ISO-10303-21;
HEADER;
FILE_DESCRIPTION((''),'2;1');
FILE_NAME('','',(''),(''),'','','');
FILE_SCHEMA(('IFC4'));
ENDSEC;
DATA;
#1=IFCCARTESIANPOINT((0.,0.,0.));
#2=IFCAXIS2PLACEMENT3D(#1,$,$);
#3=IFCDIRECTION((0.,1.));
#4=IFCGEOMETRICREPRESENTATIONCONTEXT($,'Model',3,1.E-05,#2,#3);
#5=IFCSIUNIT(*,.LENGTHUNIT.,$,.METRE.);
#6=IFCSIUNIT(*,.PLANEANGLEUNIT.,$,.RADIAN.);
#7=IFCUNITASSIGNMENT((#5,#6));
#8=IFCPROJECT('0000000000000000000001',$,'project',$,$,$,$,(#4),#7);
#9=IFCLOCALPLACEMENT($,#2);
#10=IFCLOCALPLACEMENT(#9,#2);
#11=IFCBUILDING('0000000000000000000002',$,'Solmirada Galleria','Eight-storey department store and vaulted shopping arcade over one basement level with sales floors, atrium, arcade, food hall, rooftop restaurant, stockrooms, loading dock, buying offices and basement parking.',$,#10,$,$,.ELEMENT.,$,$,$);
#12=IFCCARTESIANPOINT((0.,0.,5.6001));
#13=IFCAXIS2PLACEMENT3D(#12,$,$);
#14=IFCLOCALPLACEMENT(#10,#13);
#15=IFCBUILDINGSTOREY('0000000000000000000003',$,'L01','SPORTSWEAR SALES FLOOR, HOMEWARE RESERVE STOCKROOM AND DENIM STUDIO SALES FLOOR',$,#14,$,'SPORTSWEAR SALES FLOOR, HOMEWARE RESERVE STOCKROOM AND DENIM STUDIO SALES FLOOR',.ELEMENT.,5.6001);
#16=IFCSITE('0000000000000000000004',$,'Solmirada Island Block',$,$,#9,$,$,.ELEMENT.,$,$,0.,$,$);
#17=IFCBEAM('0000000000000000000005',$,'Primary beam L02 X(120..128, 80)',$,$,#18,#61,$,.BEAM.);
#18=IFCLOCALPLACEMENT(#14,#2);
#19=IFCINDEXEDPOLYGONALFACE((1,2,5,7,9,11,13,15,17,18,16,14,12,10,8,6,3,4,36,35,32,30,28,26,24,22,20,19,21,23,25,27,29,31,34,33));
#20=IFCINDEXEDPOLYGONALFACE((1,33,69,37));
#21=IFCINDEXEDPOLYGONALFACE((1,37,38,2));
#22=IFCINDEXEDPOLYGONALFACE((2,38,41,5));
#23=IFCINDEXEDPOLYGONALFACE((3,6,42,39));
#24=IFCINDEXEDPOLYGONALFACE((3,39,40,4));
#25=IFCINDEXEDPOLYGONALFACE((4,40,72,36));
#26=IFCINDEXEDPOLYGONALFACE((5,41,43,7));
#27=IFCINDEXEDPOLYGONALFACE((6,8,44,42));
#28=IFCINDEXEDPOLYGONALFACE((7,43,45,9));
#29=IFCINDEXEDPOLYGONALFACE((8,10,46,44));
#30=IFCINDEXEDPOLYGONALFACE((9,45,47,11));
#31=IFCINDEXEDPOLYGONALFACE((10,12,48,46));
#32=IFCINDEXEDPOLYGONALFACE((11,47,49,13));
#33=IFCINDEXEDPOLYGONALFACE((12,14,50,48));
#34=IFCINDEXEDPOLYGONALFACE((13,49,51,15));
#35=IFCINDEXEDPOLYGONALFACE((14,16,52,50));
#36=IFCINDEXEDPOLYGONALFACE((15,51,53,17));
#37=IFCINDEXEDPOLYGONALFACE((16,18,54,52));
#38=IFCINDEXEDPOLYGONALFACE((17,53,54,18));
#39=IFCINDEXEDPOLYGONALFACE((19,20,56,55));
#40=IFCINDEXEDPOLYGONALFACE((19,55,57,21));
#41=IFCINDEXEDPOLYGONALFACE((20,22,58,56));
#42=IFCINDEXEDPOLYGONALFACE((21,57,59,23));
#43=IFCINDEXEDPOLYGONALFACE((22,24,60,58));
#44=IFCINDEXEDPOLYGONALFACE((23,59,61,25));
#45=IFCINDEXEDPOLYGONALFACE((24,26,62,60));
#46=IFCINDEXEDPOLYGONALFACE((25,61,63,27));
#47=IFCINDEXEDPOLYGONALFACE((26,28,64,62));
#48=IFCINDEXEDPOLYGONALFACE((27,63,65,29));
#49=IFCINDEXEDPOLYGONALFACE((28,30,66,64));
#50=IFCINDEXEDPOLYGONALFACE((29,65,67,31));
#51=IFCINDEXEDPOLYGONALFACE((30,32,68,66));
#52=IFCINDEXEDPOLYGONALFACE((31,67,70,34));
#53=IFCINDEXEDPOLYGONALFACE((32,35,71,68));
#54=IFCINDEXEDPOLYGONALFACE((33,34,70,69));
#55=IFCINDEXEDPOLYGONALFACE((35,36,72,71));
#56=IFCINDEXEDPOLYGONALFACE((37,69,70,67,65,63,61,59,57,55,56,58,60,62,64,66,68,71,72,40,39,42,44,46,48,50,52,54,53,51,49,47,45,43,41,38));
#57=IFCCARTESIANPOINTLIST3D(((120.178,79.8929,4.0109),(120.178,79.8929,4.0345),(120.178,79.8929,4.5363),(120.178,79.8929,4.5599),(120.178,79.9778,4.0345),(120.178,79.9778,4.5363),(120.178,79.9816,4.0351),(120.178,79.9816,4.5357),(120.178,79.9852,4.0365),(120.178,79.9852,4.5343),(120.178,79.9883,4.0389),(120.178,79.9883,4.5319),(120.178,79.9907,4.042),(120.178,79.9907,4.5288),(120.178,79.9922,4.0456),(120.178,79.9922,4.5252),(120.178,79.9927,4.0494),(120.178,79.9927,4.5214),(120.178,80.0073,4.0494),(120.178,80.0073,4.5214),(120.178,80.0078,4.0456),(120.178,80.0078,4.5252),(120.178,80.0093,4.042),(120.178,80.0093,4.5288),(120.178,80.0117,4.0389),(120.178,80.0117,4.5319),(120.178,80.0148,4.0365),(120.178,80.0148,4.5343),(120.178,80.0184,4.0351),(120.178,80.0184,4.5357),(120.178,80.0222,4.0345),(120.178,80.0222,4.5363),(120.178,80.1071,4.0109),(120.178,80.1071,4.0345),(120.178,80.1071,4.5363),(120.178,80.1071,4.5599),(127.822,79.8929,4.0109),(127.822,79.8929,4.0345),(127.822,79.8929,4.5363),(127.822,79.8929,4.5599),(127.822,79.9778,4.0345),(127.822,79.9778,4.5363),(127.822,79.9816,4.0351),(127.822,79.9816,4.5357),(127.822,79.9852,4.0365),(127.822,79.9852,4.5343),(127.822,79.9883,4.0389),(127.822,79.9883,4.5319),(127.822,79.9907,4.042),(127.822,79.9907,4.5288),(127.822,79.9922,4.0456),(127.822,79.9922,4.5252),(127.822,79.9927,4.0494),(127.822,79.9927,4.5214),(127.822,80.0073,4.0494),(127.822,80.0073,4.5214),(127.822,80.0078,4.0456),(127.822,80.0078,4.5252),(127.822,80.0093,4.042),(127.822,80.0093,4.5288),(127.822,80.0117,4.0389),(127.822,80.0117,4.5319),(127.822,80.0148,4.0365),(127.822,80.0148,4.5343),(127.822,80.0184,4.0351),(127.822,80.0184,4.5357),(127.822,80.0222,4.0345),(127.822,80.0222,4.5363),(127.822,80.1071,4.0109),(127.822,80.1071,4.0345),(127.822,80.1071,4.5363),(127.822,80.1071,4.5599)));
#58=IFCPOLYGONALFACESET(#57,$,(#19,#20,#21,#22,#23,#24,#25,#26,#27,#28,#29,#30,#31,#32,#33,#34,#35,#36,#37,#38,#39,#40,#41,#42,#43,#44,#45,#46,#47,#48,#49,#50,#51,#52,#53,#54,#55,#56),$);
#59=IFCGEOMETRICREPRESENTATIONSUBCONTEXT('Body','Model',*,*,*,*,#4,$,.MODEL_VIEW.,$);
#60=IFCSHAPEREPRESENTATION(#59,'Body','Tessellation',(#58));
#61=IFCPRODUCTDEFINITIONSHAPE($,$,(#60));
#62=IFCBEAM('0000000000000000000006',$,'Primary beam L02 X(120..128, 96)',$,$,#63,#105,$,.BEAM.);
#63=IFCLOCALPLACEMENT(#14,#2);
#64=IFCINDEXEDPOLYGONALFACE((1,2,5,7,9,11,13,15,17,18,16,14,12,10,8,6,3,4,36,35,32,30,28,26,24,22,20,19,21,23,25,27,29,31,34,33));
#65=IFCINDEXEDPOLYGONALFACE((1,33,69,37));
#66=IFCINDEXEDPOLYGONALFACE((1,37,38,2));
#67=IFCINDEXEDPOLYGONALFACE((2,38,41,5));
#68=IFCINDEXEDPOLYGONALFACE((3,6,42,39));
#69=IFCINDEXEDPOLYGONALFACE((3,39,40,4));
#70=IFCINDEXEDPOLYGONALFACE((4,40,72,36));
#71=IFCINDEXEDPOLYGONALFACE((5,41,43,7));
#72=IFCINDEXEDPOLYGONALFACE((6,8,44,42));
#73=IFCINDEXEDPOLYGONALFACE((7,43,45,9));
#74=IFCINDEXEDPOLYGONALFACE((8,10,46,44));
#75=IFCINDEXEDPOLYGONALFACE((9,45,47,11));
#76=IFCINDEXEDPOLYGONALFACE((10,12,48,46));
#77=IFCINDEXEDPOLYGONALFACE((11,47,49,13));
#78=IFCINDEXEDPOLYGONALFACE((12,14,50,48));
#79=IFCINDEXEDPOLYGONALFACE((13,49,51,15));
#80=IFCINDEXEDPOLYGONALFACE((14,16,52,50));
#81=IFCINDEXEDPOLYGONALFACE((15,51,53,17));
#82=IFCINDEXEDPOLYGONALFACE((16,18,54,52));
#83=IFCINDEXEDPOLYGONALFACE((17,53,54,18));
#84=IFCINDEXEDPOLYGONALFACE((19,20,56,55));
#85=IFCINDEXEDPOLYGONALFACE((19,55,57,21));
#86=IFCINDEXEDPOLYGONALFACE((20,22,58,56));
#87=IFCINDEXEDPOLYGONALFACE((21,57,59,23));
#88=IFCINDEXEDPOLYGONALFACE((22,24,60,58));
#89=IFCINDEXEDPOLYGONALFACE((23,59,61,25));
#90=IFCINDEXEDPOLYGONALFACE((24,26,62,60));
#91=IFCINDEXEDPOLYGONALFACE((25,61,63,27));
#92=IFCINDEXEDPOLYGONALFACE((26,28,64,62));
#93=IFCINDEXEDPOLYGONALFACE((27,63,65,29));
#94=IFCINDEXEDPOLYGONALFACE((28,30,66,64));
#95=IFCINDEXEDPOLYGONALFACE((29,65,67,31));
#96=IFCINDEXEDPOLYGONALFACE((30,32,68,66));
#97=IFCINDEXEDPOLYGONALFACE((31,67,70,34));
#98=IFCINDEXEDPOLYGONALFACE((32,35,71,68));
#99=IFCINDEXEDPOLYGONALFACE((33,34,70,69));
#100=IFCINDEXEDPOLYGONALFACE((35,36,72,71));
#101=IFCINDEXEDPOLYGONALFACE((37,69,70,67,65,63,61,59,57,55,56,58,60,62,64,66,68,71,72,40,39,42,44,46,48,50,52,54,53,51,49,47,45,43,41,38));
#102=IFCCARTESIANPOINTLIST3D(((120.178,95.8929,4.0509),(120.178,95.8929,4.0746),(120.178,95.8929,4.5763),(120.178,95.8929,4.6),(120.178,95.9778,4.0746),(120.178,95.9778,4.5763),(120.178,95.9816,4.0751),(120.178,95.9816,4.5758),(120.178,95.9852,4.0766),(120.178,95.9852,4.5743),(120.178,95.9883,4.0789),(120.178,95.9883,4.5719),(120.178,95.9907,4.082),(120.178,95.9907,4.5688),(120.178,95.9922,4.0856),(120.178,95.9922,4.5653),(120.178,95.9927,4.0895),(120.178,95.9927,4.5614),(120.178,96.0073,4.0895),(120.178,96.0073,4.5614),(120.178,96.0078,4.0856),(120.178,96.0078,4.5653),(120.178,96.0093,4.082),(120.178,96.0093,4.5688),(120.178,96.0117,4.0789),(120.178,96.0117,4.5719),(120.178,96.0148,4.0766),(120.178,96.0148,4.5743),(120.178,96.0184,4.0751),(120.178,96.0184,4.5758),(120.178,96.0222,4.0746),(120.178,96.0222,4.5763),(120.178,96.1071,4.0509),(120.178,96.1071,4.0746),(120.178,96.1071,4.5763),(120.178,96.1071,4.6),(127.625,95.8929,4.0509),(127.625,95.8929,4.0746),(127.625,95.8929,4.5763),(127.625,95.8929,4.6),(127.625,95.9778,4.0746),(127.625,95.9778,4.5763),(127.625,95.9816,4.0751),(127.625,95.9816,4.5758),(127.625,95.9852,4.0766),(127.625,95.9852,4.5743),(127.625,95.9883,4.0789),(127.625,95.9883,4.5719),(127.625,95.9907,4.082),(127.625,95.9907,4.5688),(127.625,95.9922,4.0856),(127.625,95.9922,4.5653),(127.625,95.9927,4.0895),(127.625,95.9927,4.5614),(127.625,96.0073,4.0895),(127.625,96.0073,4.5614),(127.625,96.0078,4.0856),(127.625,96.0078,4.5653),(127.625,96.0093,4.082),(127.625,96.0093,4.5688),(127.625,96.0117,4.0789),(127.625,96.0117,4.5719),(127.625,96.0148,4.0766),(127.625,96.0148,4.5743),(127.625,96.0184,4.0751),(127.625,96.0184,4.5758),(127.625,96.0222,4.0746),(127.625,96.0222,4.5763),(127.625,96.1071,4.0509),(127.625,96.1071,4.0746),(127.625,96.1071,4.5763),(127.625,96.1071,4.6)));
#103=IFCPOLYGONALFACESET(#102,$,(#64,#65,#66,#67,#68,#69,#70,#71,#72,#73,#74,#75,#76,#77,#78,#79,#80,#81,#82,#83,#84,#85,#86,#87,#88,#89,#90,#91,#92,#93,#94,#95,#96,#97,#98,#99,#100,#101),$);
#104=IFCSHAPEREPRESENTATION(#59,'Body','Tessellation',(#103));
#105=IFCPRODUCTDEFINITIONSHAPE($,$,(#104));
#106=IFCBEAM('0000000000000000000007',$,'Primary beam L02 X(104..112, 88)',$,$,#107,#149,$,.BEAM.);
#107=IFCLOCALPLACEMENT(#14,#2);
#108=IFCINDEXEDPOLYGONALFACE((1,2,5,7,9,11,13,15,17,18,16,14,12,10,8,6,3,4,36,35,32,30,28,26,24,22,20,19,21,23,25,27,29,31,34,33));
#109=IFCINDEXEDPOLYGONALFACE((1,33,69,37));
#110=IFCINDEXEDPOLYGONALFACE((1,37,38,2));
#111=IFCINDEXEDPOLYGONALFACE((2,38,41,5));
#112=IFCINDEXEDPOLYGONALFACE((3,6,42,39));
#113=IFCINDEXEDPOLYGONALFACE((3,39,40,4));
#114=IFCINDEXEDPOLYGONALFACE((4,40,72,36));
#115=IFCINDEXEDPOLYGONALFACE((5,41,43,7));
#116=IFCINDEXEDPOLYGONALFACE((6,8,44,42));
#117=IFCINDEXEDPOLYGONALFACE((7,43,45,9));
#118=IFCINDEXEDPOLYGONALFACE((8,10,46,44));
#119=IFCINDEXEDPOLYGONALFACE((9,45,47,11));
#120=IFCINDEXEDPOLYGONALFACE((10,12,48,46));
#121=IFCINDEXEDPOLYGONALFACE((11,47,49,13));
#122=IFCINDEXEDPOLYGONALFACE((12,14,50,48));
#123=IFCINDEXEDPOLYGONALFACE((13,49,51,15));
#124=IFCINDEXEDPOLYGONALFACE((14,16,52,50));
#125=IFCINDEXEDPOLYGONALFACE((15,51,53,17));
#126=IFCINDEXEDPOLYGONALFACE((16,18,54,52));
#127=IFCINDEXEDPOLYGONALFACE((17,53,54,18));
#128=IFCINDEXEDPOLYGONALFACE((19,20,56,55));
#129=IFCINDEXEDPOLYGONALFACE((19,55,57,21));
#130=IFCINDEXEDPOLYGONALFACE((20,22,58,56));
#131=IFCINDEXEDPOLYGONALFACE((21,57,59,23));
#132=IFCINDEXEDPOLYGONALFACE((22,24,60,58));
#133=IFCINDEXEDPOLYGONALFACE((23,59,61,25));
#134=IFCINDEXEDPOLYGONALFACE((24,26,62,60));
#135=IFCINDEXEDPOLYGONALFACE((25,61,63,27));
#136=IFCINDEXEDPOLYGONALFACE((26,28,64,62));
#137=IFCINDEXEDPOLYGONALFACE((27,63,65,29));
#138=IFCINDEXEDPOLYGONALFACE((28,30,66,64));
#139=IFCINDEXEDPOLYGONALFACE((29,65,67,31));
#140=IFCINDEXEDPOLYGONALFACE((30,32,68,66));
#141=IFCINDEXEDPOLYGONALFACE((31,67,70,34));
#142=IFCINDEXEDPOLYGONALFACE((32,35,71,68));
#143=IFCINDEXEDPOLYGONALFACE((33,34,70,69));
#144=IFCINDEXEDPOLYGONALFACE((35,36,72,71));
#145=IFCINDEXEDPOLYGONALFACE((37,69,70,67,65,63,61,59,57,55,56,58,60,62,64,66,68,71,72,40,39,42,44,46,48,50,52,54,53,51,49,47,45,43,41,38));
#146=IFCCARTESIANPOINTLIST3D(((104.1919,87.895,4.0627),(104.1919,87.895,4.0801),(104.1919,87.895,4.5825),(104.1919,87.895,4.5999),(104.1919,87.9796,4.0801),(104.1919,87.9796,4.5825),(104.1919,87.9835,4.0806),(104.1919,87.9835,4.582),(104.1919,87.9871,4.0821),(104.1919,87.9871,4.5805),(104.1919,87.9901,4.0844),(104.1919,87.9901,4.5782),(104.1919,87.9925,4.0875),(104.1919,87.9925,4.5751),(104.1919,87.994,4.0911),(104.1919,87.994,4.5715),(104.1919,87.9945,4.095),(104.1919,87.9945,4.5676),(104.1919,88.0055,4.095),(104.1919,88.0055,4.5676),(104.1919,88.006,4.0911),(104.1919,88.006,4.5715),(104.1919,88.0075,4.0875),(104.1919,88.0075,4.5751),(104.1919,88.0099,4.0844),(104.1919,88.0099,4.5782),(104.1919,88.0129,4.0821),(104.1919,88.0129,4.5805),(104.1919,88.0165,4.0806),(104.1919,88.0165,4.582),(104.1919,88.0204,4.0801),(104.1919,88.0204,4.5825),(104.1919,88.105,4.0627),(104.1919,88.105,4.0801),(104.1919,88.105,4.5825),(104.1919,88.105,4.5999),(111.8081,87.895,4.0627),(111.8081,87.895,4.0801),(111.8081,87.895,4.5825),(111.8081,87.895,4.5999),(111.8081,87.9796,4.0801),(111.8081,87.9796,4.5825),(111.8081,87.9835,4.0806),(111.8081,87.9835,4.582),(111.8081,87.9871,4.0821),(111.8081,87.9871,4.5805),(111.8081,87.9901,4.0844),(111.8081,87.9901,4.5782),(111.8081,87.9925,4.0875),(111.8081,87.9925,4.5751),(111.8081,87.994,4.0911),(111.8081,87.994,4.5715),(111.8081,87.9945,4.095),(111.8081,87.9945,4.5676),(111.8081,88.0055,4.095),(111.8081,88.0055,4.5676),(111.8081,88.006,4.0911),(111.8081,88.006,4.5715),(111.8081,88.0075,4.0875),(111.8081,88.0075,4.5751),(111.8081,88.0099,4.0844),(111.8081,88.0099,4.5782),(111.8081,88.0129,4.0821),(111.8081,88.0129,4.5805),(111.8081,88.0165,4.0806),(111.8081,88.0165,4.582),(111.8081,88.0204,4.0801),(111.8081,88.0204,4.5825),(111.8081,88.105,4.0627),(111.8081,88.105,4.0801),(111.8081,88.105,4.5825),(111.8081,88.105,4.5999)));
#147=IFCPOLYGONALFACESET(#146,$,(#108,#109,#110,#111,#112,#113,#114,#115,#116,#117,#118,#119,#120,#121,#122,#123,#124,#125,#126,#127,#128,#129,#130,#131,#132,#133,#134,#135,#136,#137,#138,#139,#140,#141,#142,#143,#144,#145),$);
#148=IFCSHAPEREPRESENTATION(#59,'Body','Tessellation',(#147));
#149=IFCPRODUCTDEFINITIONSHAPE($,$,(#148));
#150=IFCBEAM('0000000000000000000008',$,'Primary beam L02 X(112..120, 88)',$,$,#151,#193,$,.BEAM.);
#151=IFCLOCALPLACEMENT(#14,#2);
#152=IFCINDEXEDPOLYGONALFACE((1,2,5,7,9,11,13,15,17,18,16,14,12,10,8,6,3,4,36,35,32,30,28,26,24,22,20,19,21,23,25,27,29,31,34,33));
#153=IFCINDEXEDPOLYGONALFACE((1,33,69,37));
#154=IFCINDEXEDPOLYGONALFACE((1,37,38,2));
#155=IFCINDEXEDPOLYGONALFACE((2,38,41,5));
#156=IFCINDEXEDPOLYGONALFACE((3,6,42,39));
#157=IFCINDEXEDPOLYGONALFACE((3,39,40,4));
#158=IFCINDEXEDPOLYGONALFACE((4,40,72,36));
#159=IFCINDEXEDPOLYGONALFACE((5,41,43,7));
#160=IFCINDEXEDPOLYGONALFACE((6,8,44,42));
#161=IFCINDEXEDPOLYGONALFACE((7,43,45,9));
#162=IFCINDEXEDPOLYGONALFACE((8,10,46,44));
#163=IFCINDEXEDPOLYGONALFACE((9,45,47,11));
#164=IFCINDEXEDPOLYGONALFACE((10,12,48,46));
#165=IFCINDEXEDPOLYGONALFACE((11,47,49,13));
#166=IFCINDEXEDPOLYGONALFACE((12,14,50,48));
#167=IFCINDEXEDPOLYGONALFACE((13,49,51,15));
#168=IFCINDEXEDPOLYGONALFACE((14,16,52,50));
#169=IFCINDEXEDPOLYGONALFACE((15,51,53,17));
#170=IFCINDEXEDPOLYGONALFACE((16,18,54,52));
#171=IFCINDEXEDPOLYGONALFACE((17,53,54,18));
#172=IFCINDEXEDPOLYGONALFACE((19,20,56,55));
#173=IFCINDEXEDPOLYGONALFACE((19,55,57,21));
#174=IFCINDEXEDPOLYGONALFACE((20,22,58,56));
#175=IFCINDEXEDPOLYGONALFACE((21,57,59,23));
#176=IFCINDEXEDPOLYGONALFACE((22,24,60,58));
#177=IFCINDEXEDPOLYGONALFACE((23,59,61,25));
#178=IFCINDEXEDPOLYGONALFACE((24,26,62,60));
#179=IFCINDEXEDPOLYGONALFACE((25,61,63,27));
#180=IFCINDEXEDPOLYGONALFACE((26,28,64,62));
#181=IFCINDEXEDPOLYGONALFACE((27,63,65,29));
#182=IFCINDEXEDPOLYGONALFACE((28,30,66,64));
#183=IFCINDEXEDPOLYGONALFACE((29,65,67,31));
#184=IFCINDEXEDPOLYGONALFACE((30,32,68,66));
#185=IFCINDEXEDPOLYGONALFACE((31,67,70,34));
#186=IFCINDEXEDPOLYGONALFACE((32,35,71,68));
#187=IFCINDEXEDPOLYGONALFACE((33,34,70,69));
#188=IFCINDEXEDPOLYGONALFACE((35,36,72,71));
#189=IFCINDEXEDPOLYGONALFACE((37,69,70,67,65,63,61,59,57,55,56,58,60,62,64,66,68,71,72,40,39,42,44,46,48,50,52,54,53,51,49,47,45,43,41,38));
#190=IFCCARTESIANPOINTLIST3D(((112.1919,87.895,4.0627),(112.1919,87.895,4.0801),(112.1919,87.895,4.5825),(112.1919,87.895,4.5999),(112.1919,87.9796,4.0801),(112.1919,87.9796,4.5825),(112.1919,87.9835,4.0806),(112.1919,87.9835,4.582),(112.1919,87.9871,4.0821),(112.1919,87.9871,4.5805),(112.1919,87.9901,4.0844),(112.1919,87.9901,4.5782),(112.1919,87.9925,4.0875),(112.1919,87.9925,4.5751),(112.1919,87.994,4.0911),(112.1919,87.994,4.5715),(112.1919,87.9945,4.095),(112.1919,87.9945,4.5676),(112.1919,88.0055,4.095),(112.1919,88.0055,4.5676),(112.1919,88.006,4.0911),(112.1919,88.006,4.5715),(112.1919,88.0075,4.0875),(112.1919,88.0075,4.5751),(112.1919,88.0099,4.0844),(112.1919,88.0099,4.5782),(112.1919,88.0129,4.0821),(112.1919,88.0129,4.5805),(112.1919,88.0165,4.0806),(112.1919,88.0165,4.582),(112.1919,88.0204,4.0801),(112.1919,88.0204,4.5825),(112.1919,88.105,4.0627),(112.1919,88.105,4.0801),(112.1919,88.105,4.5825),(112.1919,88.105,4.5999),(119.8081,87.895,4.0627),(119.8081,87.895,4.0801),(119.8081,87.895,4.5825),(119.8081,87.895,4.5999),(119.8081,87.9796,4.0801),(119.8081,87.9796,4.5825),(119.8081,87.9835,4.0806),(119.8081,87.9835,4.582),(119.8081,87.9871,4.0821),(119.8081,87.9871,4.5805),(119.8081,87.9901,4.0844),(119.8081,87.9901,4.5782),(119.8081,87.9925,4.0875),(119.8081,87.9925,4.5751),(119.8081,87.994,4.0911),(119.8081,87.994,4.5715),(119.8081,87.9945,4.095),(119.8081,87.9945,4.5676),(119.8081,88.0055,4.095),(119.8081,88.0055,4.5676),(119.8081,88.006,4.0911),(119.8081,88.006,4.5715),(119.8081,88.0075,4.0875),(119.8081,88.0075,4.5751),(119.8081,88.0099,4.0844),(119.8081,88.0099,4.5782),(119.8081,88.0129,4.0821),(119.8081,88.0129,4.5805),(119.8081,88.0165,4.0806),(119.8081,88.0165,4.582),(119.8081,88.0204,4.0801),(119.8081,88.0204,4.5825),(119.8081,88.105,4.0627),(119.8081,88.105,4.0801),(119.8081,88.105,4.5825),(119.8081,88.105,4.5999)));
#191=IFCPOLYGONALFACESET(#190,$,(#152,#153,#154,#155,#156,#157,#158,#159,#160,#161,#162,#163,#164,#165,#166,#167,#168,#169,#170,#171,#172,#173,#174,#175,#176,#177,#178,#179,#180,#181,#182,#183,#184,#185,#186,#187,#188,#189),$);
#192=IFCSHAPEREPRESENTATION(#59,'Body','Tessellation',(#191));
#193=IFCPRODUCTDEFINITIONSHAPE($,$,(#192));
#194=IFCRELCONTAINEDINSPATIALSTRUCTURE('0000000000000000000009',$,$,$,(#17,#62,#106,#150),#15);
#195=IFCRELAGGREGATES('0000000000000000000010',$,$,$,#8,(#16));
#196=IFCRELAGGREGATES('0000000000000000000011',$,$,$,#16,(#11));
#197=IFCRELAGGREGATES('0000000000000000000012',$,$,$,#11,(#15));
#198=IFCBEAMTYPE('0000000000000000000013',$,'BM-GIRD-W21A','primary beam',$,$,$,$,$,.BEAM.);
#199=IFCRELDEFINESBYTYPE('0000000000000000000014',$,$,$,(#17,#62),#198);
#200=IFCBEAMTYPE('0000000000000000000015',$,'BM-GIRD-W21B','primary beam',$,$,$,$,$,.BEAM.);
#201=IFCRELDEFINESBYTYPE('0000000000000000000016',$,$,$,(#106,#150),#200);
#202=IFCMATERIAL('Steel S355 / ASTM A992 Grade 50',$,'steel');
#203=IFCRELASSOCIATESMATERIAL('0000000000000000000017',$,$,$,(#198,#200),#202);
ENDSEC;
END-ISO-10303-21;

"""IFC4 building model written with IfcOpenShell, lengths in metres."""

from ifc_helpers import new_model, si_unit, direction, frame, origin, origin_2d, place, context, subcontext, project, spatial, i_section, extrude, material, material_profile, profile_set, type_object, element, save


model = new_model("IFC4")

# Units and contexts
model_context = context("Model", 3, precision=1e-05, world=origin(), true_north=direction((0.0, 1.0)))
body_context = subcontext(model_context, "Body", "Model", "MODEL_VIEW")
ifc_project = project(units=[si_unit("LENGTHUNIT", "METRE"), si_unit("PLANEANGLEUNIT", "RADIAN")], contexts=[model_context])

# Site, building, storey
site_placement = place(None, origin())
site = spatial("IfcSite", under=ifc_project, at=site_placement, Name="Solmirada Island Block", CompositionType="ELEMENT", RefElevation=0.0)
building_placement = place(site_placement, origin())
building = spatial("IfcBuilding", under=site, at=building_placement, Name="Solmirada Galleria", Description="Eight-storey department store and vaulted shopping arcade over one basement level with sales floors, atrium, arcade, food hall, rooftop restaurant, stockrooms, loading dock, buying offices and basement parking.", CompositionType="ELEMENT")
storey_placement = place(building_placement, frame((0.0, 0.0, 5.6001)))
storey = spatial("IfcBuildingStorey", under=building, at=storey_placement, Name="L01", Description="SPORTSWEAR SALES FLOOR, HOMEWARE RESERVE STOCKROOM AND DENIM STUDIO SALES FLOOR", LongName="SPORTSWEAR SALES FLOOR, HOMEWARE RESERVE STOCKROOM AND DENIM STUDIO SALES FLOOR", CompositionType="ELEMENT", Elevation=5.6001)

# Beams
ifc_material_1 = material(Name="Steel S355 / ASTM A992 Grade 50", Category="steel")
ifc_material_profile_1 = material_profile(ifc_material_1, i_section(OverallWidth=0.2141, OverallDepth=0.5491, WebThickness=0.0146, FlangeThickness=0.0237, FilletRadius=0.0149, at=origin_2d()), Name="W21X93")
ifc_profile_set_1 = profile_set([ifc_material_profile_1], Name="Steel S355 / ASTM A992 Grade 50")
beam_type_1 = type_object("IfcBeamType", Name="BM-GIRD-W21A", Description="primary beam", PredefinedType="BEAM", material=ifc_profile_set_1)
beam_1_placement = place(storey_placement, frame((120.178, 80.0, 4.2854), z_axis=(1.0, 0.0, 0.0), x_axis=(0.0, 1.0, 0.0)))
element("IfcBeam", 1, at=beam_1_placement, inside=storey, type_object=beam_type_1, Name="Primary beam L02 X(120..128, 80)", PredefinedType="BEAM", context=body_context, shape_type="SweptSolid", body=[
    extrude(i_section(OverallWidth=0.2141, OverallDepth=0.5491, WebThickness=0.0146, FlangeThickness=0.0237, FilletRadius=0.0149, at=origin_2d()), origin(), (0.0, 0.0, 1.0), 7.644),
])
beam_2_placement = place(storey_placement, frame((120.178, 96.0, 4.3254), z_axis=(1.0, 0.0, 0.0), x_axis=(0.0, 1.0, 0.0)))
element("IfcBeam", 2, at=beam_2_placement, inside=storey, type_object=beam_type_1, Name="Primary beam L02 X(120..128, 96)", PredefinedType="BEAM", context=body_context, shape_type="SweptSolid", body=[
    extrude(i_section(OverallWidth=0.2141, OverallDepth=0.5491, WebThickness=0.0146, FlangeThickness=0.0237, FilletRadius=0.0149, at=origin_2d()), origin(), (0.0, 0.0, 1.0), 7.447),
])
ifc_material_profile_2 = material_profile(ifc_material_1, i_section(OverallWidth=0.21, OverallDepth=0.5371, WebThickness=0.011, FlangeThickness=0.0173, FilletRadius=0.0149, at=origin_2d()), Name="W21X68")
ifc_profile_set_2 = profile_set([ifc_material_profile_2], Name="Steel S355 / ASTM A992 Grade 50")
beam_type_2 = type_object("IfcBeamType", Name="BM-GIRD-W21B", Description="primary beam", PredefinedType="BEAM", material=ifc_profile_set_2)
for number, where, z_axis, x_axis, name in (
    (3, (104.1919, 88.0, 4.3313), (1.0, 0.0, 0.0), (0.0, 1.0, 0.0), "Primary beam L02 X(104..112, 88)"),
    (4, (112.1919, 88.0, 4.3313), (1.0, 0.0, 0.0), (0.0, 1.0, 0.0), "Primary beam L02 X(112..120, 88)"),
):
    element("IfcBeam", number, at=place(storey_placement, frame(where, z_axis=z_axis, x_axis=x_axis)), inside=storey, type_object=beam_type_2, Name=name, PredefinedType="BEAM", context=body_context, shape_type="SweptSolid", body=[
        extrude(i_section(OverallWidth=0.21, OverallDepth=0.5371, WebThickness=0.011, FlangeThickness=0.0173, FilletRadius=0.0149, at=origin_2d()), origin(), (0.0, 0.0, 1.0), 7.6162),
    ])

save(model, "model.ifc")
